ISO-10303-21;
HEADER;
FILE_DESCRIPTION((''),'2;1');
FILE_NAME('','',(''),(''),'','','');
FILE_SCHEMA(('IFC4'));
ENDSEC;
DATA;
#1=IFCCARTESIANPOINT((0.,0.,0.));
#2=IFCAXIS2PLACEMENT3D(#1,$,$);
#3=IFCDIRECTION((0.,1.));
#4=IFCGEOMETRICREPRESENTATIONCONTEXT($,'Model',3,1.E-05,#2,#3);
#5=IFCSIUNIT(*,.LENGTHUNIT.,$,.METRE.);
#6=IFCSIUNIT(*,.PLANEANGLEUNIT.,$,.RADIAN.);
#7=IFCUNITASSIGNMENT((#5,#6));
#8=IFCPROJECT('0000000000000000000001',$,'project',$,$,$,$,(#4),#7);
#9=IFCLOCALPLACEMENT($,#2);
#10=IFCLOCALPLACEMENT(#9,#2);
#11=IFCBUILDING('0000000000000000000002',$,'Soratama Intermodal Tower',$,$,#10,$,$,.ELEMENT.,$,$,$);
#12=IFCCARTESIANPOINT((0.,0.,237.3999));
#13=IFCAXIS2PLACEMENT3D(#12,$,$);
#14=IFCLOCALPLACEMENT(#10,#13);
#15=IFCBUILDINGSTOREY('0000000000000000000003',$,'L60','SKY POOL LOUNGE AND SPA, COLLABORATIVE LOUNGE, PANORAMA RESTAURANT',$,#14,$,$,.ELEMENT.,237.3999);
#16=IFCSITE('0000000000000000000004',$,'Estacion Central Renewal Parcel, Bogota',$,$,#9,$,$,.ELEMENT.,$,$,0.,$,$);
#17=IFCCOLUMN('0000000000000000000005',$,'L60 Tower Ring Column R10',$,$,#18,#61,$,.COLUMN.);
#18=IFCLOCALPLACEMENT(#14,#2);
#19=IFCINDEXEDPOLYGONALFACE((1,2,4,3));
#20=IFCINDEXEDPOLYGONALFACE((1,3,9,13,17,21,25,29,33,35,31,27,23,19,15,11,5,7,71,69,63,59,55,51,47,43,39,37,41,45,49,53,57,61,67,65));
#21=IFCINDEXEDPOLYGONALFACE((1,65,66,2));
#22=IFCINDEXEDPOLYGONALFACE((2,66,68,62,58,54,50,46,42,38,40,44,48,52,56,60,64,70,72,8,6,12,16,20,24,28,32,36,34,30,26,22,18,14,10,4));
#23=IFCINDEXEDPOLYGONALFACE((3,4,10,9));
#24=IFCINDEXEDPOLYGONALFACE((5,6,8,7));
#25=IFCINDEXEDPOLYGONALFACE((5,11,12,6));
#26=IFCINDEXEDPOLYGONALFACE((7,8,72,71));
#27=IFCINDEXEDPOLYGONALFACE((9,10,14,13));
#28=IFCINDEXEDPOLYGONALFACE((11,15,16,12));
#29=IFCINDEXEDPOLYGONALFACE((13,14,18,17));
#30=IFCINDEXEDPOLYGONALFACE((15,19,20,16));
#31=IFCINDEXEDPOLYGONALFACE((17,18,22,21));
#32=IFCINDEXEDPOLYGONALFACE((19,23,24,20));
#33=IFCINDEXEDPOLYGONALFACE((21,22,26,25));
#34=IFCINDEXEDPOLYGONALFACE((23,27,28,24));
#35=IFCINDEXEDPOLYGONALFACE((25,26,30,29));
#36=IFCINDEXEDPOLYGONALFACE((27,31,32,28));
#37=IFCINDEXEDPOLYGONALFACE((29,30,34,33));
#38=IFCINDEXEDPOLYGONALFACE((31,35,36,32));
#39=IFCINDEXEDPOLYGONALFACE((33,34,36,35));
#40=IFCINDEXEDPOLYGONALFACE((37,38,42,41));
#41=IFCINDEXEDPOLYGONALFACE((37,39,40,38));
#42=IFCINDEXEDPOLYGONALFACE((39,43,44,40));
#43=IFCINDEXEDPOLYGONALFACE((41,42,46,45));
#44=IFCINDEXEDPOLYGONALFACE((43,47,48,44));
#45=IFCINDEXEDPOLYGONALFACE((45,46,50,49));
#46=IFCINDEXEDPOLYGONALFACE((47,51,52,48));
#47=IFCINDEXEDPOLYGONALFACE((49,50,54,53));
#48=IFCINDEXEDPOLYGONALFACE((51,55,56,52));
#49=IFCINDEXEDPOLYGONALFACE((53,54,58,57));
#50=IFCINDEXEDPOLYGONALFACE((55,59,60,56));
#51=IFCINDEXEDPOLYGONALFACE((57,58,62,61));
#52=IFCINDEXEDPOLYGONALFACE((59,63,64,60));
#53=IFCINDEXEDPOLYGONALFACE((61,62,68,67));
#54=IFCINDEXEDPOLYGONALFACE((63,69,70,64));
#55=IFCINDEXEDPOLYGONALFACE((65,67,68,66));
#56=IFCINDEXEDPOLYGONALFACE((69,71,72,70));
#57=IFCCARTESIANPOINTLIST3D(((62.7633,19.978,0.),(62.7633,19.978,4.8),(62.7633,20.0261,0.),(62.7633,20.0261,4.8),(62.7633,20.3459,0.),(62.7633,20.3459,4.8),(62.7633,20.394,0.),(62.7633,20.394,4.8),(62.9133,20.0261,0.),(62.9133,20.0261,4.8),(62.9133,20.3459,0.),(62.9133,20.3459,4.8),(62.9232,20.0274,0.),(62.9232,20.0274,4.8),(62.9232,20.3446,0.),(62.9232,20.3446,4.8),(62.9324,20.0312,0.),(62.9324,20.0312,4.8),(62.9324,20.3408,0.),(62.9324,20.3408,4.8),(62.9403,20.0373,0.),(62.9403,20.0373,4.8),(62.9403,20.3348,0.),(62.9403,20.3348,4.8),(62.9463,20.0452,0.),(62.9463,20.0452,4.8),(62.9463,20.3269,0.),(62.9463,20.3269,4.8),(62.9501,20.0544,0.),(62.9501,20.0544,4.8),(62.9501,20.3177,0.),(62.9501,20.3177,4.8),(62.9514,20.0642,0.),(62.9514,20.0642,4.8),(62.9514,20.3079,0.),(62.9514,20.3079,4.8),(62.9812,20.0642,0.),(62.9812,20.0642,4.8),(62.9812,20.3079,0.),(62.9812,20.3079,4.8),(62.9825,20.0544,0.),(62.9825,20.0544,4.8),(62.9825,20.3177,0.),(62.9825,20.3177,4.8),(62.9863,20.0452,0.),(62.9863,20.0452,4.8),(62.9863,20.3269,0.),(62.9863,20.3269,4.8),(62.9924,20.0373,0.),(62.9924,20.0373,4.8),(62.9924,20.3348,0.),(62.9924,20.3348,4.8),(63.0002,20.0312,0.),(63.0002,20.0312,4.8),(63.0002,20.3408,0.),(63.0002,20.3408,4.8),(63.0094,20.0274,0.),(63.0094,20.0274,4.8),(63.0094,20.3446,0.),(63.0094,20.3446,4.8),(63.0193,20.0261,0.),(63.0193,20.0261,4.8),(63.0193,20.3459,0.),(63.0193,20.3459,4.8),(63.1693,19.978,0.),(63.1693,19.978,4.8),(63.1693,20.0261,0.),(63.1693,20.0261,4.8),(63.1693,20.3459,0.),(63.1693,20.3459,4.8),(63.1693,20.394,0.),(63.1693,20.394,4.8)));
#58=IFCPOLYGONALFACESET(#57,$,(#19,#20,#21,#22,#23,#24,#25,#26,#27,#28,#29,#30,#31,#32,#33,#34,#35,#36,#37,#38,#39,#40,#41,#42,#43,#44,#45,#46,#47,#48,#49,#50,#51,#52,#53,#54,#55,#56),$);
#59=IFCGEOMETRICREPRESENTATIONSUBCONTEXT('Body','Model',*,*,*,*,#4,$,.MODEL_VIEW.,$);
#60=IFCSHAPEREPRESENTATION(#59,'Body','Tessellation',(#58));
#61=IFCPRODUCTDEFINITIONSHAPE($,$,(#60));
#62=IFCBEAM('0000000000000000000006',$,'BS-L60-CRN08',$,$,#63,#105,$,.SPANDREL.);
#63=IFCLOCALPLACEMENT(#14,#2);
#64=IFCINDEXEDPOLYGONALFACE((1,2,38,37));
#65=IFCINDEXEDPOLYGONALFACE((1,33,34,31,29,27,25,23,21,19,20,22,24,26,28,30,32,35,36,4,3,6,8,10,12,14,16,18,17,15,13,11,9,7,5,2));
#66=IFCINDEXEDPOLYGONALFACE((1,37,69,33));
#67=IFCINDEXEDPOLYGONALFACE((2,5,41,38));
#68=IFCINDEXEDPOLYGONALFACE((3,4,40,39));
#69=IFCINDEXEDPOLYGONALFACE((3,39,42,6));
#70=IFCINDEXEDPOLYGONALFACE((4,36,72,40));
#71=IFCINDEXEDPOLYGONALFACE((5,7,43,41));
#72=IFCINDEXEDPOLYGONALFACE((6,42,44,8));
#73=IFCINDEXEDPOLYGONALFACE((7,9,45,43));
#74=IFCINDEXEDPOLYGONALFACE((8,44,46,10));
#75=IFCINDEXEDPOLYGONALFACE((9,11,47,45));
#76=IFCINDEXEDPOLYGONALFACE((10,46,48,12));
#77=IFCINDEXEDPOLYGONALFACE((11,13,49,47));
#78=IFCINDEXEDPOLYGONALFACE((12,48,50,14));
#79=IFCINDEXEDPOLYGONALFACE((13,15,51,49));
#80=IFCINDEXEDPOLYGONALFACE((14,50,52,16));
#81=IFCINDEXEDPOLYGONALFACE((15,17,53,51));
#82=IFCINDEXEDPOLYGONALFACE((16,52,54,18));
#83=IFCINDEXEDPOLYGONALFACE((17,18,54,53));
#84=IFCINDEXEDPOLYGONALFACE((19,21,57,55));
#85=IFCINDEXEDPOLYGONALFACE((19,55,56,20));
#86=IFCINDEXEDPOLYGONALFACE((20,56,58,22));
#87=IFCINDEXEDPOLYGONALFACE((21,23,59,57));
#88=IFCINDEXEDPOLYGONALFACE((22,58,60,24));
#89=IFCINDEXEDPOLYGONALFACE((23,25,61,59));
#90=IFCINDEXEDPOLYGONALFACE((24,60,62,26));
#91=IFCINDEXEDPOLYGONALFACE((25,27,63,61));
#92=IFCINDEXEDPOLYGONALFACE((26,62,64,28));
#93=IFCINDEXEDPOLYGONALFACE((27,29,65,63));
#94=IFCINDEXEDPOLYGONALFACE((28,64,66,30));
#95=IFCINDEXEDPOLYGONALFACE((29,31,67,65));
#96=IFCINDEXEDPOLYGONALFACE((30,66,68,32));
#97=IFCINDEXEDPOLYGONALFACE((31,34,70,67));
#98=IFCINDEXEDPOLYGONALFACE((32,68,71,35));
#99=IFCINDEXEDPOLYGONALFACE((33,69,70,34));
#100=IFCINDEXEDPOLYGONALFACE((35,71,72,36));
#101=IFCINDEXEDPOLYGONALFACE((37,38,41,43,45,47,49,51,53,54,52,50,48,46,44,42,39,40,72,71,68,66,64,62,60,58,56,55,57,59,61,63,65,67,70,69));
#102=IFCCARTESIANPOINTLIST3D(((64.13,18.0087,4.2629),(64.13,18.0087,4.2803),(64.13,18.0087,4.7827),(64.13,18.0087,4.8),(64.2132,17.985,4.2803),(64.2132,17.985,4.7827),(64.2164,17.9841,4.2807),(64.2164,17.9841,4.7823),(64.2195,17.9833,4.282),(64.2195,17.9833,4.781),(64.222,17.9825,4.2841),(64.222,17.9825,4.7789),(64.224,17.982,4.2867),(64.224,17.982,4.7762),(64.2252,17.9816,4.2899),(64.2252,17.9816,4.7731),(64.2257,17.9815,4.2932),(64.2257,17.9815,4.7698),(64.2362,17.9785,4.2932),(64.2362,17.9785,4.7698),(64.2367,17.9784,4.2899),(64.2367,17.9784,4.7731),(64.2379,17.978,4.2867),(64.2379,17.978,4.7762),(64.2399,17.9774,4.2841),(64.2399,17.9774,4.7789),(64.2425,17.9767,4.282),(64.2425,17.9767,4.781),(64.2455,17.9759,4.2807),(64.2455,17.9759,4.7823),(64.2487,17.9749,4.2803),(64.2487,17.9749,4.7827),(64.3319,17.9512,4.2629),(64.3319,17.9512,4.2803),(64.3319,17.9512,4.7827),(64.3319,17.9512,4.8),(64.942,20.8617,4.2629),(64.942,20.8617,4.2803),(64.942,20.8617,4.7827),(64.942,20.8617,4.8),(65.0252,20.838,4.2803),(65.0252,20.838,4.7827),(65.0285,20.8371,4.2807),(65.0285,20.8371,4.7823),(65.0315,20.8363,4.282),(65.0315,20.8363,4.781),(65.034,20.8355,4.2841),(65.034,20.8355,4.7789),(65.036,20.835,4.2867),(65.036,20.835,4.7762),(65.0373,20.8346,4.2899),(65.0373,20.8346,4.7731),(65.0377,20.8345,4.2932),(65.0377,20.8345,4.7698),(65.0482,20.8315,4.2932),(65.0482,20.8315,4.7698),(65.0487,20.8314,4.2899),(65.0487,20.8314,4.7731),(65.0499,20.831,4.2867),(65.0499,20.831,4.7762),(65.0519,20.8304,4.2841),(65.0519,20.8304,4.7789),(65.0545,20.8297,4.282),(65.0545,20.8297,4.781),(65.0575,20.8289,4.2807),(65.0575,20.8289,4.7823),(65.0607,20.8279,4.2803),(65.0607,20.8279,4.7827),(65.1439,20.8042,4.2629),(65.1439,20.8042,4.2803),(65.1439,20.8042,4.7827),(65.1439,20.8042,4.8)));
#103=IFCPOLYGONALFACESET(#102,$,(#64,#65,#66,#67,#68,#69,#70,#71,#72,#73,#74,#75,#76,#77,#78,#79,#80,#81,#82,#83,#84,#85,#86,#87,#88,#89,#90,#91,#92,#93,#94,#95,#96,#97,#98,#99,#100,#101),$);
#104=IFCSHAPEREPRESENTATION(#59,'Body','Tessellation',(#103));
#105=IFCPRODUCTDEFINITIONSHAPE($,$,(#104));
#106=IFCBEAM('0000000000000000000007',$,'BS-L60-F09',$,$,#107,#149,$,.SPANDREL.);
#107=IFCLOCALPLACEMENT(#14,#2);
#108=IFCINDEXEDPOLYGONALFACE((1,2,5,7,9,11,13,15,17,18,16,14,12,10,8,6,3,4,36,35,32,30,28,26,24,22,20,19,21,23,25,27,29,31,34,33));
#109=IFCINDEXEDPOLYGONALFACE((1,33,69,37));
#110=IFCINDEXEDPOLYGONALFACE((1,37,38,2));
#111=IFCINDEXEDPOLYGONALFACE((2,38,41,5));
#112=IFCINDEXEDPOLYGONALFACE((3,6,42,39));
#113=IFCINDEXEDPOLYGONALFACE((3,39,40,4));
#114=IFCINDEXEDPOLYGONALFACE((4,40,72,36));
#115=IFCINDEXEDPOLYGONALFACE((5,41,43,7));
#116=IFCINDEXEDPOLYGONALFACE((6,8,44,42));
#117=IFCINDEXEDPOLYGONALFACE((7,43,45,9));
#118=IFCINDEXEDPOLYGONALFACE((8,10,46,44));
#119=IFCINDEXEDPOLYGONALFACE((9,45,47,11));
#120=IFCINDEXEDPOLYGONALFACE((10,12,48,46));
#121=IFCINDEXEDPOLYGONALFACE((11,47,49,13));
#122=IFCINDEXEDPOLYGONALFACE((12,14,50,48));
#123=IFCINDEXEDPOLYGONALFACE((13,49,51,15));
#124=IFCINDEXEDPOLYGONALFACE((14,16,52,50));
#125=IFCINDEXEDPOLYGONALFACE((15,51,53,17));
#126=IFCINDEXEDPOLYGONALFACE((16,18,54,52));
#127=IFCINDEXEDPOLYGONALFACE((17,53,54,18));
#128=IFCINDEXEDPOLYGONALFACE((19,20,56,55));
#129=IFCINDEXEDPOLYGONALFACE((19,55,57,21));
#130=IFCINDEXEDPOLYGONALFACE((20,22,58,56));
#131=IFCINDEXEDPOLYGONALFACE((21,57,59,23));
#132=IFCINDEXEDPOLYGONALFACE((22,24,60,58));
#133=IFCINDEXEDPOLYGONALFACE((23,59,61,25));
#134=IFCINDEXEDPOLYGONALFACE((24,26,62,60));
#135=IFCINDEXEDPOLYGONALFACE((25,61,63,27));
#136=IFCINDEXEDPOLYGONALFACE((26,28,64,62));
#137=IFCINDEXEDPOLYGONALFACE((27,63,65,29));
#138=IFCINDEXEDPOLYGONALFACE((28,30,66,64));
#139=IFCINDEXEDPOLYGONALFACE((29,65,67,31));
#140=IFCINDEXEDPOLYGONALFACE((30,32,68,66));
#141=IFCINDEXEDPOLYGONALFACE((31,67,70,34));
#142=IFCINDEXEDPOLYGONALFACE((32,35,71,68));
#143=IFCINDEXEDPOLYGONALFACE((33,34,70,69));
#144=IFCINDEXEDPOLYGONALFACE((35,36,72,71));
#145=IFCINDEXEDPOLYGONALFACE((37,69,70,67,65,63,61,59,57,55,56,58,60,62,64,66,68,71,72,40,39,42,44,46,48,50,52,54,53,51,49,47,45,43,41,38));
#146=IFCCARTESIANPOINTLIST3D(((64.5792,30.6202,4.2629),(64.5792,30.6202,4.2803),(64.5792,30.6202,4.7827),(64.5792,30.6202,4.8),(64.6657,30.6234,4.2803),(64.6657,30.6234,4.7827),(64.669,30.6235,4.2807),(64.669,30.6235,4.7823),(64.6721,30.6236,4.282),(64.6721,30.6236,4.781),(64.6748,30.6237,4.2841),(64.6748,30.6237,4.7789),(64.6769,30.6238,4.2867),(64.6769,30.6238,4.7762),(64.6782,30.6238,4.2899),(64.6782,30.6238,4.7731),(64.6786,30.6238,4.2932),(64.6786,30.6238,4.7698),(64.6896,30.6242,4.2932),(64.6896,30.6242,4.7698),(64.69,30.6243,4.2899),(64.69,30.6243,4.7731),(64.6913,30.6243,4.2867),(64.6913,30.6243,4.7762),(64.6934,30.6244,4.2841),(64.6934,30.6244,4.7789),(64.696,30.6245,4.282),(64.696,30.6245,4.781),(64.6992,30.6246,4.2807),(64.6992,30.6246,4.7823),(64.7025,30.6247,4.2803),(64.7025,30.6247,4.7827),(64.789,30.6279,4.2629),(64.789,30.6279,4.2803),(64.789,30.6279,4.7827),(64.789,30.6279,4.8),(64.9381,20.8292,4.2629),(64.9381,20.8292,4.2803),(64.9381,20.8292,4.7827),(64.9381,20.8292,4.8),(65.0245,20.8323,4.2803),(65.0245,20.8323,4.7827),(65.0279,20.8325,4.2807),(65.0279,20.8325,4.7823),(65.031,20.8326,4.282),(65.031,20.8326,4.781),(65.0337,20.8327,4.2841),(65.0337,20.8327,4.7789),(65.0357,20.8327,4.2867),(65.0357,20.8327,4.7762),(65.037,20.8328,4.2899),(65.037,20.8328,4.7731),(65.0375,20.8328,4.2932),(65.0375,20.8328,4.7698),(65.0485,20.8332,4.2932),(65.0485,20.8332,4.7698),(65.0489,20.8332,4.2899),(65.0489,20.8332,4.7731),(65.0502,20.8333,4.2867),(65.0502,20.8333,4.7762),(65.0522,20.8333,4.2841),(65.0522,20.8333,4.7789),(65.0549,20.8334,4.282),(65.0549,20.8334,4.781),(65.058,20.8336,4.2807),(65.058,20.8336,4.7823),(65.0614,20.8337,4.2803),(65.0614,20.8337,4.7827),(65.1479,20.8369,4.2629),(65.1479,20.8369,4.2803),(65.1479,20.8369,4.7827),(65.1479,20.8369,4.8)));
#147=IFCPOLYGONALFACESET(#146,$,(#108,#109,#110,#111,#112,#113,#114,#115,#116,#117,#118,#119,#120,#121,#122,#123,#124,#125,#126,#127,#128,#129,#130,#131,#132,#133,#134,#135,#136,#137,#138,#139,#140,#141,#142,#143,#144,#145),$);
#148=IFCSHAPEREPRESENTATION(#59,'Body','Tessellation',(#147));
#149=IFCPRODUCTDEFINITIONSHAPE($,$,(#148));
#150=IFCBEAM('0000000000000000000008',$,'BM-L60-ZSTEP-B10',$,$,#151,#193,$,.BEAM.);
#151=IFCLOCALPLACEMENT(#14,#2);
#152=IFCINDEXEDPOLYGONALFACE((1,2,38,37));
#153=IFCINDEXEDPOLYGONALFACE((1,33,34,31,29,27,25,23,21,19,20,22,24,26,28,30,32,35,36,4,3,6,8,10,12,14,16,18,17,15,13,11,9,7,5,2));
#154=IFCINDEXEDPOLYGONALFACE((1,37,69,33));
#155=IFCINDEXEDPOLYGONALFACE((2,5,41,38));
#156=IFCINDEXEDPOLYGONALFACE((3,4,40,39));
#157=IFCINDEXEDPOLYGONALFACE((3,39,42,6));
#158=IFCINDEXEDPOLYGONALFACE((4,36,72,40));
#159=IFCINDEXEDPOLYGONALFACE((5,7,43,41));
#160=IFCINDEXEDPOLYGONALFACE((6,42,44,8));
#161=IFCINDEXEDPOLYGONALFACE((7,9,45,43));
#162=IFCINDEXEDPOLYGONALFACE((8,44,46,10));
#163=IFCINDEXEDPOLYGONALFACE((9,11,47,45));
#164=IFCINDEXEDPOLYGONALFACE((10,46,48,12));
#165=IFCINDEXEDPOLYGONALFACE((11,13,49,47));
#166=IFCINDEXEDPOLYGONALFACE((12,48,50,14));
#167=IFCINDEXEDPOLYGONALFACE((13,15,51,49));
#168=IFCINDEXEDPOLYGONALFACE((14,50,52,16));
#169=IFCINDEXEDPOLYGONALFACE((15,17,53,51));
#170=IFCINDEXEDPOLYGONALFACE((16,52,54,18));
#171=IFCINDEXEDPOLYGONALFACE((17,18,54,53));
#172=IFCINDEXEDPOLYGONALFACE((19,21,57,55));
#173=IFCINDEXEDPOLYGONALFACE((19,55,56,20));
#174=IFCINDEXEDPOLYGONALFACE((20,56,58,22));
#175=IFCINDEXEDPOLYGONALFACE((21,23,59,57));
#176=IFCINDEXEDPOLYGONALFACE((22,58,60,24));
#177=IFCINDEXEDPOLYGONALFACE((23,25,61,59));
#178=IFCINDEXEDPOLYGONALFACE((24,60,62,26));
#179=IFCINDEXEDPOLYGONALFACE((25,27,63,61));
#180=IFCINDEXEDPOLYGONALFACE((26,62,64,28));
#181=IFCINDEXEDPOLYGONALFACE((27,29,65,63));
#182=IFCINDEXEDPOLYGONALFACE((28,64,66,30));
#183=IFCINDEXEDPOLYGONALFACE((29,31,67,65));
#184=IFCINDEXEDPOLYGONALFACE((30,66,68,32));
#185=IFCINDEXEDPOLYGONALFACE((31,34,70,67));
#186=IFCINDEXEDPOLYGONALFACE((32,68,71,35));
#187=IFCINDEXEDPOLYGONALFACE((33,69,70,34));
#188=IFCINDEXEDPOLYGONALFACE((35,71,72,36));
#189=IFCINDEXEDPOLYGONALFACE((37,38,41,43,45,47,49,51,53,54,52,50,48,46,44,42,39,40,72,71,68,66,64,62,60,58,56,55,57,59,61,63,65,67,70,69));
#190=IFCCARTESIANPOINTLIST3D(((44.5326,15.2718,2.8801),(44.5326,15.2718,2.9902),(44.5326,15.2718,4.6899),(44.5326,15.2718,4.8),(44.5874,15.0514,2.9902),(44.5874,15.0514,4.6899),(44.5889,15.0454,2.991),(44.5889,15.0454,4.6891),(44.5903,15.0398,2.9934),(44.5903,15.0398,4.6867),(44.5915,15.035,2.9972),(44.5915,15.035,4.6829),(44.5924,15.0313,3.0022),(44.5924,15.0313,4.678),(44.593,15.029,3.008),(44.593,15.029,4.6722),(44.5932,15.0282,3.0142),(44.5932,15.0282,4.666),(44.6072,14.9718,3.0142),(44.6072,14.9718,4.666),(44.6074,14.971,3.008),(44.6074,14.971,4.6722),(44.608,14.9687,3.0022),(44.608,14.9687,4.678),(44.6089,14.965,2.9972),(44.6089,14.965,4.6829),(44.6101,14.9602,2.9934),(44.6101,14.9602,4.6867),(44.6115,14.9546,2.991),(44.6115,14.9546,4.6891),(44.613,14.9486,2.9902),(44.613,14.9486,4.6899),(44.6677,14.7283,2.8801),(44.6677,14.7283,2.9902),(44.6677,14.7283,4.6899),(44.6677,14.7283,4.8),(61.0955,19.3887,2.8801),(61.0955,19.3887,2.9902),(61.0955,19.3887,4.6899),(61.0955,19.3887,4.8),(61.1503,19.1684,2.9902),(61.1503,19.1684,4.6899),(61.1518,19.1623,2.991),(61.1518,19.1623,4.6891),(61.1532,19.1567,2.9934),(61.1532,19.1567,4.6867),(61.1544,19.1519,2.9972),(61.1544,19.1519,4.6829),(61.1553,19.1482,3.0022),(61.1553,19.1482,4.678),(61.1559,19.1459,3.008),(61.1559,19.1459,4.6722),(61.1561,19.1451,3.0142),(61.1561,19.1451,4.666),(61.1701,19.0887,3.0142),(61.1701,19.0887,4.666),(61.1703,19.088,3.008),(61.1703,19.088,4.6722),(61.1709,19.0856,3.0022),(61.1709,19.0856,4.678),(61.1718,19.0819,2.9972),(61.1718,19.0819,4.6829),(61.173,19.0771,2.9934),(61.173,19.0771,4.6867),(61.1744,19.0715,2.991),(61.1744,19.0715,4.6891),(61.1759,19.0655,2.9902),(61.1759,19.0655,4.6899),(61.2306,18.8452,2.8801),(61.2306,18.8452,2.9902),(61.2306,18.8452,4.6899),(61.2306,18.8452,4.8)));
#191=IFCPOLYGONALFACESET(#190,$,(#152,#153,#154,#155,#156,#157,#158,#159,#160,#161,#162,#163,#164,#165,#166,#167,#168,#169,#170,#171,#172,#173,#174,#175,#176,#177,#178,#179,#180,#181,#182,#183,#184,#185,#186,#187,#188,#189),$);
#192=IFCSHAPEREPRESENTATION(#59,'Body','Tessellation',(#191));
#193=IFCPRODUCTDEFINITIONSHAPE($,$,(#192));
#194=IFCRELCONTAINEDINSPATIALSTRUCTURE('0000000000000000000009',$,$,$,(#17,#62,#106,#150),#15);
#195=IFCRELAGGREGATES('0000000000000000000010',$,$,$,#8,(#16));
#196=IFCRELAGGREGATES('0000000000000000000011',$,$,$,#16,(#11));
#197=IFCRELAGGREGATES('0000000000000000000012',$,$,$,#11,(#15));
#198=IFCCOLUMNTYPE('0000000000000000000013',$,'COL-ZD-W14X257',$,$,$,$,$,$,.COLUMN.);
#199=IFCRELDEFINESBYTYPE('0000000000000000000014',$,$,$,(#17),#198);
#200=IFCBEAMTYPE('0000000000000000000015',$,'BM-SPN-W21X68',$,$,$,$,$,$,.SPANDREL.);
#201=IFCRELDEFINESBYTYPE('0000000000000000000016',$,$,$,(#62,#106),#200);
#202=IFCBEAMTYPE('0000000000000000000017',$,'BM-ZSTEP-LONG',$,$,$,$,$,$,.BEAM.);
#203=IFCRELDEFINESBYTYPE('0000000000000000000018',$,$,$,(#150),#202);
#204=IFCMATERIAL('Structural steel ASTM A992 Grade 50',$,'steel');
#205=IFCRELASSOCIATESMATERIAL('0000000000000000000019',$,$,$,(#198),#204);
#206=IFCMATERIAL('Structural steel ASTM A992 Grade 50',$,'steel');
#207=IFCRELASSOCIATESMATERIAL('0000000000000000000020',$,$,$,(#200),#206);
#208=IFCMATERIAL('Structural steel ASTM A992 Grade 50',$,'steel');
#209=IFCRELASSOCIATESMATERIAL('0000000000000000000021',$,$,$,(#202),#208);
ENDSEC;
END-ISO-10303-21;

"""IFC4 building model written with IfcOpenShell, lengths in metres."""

from ifc_helpers import new_model, si_unit, direction, frame, origin, origin_2d, place, context, subcontext, project, spatial, i_section, extrude, material, material_profile, profile_set, type_object, element, save


model = new_model("IFC4")

# Units and contexts
model_context = context("Model", 3, precision=1e-05, world=origin(), true_north=direction((0.0, 1.0)))
body_context = subcontext(model_context, "Body", "Model", "MODEL_VIEW")
ifc_project = project(units=[si_unit("LENGTHUNIT", "METRE"), si_unit("PLANEANGLEUNIT", "RADIAN")], contexts=[model_context])

# Site, building, storey
site_placement = place(None, origin())
site = spatial("IfcSite", under=ifc_project, at=site_placement, Name="Estacion Central Renewal Parcel, Bogota", CompositionType="ELEMENT", RefElevation=0.0)
building_placement = place(site_placement, origin())
building = spatial("IfcBuilding", under=site, at=building_placement, Name="Soratama Intermodal Tower", CompositionType="ELEMENT")
storey_placement = place(building_placement, frame((0.0, 0.0, 237.3999)))
storey = spatial("IfcBuildingStorey", under=building, at=storey_placement, Name="L60", Description="SKY POOL LOUNGE AND SPA, COLLABORATIVE LOUNGE, PANORAMA RESTAURANT", CompositionType="ELEMENT", Elevation=237.3999)

# Column
ifc_material_1 = material(Name="Structural steel ASTM A992 Grade 50", Category="steel")
ifc_material_profile_1 = material_profile(ifc_material_1, i_section(OverallWidth=0.406, OverallDepth=0.416, WebThickness=0.0298, FlangeThickness=0.0481, FilletRadius=0.0381, at=origin_2d()), Name="W14X257")
ifc_profile_set_1 = profile_set([ifc_material_profile_1], Name="Structural steel ASTM A992 Grade 50")
column_type = type_object("IfcColumnType", Name="COL-ZD-W14X257", PredefinedType="COLUMN", material=ifc_profile_set_1)
column_placement = place(storey_placement, frame((62.9663, 20.186, 0.0), z_axis=(0.0, 0.0, 1.0), x_axis=(1.0, 0.0, 0.0)))
element("IfcColumn", 1, at=column_placement, inside=storey, type_object=column_type, Name="L60 Tower Ring Column R10", PredefinedType="COLUMN", context=body_context, shape_type="SweptSolid", body=[
    extrude(i_section(OverallWidth=0.406, OverallDepth=0.416, WebThickness=0.0298, FlangeThickness=0.0481, FilletRadius=0.0381, at=origin_2d()), origin(), (0.0, 0.0, 1.0), 4.8),
])

# Beams
ifc_material_2 = material(Name="Structural steel ASTM A992 Grade 50", Category="steel")
ifc_material_profile_2 = material_profile(ifc_material_2, i_section(OverallWidth=0.21, OverallDepth=0.5371, WebThickness=0.011, FlangeThickness=0.0173, FilletRadius=0.0129, at=origin_2d()), Name="W21X68")
ifc_profile_set_2 = profile_set([ifc_material_profile_2], Name="Structural steel ASTM A992 Grade 50")
beam_type_1 = type_object("IfcBeamType", Name="BM-SPN-W21X68", PredefinedType="SPANDREL", material=ifc_profile_set_2)
beam_1_placement = place(storey_placement, frame((64.231, 17.98, 4.5315), z_axis=(0.273743, 0.961803, 0.0), x_axis=(-0.961803, 0.273743, 0.0)))
element("IfcBeam", 2, at=beam_1_placement, inside=storey, type_object=beam_type_1, Name="BS-L60-CRN08", PredefinedType="SPANDREL", context=body_context, shape_type="SweptSolid", body=[
    extrude(i_section(OverallWidth=0.21, OverallDepth=0.5371, WebThickness=0.011, FlangeThickness=0.0173, FilletRadius=0.0129, at=origin_2d()), origin(), (0.0, 0.0, 1.0), 2.9663),
])
beam_2_placement = place(storey_placement, frame((65.043, 20.833, 4.5315), z_axis=(-0.03663, 0.999329, 0.0), x_axis=(-0.999329, -0.03663, 0.0)))
element("IfcBeam", 3, at=beam_2_placement, inside=storey, type_object=beam_type_1, Name="BS-L60-F09", PredefinedType="SPANDREL", context=body_context, shape_type="SweptSolid", body=[
    extrude(i_section(OverallWidth=0.21, OverallDepth=0.5371, WebThickness=0.011, FlangeThickness=0.0173, FilletRadius=0.0129, at=origin_2d()), origin(), (0.0, 0.0, 1.0), 9.7976),
])
ifc_material_3 = material(Name="Structural steel ASTM A992 Grade 50", Category="steel")
ifc_material_profile_3 = material_profile(ifc_material_3, i_section(OverallWidth=0.5601, OverallDepth=1.9199, WebThickness=0.0581, FlangeThickness=0.1101, FilletRadius=0.0239, at=origin_2d()), Name="PG2150X720")
ifc_profile_set_3 = profile_set([ifc_material_profile_3], Name="Structural steel ASTM A992 Grade 50")
beam_type_2 = type_object("IfcBeamType", Name="BM-ZSTEP-LONG", PredefinedType="BEAM", material=ifc_profile_set_3)
beam_3_placement = place(storey_placement, frame((61.1631, 19.1169, 3.8401), z_axis=(-0.97047, -0.241223, 0.0), x_axis=(0.241223, -0.97047, 0.0)))
element("IfcBeam", 4, at=beam_3_placement, inside=storey, type_object=beam_type_2, Name="BM-L60-ZSTEP-B10", PredefinedType="BEAM", context=body_context, shape_type="SweptSolid", body=[
    extrude(i_section(OverallWidth=0.5601, OverallDepth=1.9199, WebThickness=0.0581, FlangeThickness=0.1101, FilletRadius=0.0239, at=origin_2d()), origin(), (0.0, 0.0, 1.0), 17.0669),
])

save(model, "model.ifc")
